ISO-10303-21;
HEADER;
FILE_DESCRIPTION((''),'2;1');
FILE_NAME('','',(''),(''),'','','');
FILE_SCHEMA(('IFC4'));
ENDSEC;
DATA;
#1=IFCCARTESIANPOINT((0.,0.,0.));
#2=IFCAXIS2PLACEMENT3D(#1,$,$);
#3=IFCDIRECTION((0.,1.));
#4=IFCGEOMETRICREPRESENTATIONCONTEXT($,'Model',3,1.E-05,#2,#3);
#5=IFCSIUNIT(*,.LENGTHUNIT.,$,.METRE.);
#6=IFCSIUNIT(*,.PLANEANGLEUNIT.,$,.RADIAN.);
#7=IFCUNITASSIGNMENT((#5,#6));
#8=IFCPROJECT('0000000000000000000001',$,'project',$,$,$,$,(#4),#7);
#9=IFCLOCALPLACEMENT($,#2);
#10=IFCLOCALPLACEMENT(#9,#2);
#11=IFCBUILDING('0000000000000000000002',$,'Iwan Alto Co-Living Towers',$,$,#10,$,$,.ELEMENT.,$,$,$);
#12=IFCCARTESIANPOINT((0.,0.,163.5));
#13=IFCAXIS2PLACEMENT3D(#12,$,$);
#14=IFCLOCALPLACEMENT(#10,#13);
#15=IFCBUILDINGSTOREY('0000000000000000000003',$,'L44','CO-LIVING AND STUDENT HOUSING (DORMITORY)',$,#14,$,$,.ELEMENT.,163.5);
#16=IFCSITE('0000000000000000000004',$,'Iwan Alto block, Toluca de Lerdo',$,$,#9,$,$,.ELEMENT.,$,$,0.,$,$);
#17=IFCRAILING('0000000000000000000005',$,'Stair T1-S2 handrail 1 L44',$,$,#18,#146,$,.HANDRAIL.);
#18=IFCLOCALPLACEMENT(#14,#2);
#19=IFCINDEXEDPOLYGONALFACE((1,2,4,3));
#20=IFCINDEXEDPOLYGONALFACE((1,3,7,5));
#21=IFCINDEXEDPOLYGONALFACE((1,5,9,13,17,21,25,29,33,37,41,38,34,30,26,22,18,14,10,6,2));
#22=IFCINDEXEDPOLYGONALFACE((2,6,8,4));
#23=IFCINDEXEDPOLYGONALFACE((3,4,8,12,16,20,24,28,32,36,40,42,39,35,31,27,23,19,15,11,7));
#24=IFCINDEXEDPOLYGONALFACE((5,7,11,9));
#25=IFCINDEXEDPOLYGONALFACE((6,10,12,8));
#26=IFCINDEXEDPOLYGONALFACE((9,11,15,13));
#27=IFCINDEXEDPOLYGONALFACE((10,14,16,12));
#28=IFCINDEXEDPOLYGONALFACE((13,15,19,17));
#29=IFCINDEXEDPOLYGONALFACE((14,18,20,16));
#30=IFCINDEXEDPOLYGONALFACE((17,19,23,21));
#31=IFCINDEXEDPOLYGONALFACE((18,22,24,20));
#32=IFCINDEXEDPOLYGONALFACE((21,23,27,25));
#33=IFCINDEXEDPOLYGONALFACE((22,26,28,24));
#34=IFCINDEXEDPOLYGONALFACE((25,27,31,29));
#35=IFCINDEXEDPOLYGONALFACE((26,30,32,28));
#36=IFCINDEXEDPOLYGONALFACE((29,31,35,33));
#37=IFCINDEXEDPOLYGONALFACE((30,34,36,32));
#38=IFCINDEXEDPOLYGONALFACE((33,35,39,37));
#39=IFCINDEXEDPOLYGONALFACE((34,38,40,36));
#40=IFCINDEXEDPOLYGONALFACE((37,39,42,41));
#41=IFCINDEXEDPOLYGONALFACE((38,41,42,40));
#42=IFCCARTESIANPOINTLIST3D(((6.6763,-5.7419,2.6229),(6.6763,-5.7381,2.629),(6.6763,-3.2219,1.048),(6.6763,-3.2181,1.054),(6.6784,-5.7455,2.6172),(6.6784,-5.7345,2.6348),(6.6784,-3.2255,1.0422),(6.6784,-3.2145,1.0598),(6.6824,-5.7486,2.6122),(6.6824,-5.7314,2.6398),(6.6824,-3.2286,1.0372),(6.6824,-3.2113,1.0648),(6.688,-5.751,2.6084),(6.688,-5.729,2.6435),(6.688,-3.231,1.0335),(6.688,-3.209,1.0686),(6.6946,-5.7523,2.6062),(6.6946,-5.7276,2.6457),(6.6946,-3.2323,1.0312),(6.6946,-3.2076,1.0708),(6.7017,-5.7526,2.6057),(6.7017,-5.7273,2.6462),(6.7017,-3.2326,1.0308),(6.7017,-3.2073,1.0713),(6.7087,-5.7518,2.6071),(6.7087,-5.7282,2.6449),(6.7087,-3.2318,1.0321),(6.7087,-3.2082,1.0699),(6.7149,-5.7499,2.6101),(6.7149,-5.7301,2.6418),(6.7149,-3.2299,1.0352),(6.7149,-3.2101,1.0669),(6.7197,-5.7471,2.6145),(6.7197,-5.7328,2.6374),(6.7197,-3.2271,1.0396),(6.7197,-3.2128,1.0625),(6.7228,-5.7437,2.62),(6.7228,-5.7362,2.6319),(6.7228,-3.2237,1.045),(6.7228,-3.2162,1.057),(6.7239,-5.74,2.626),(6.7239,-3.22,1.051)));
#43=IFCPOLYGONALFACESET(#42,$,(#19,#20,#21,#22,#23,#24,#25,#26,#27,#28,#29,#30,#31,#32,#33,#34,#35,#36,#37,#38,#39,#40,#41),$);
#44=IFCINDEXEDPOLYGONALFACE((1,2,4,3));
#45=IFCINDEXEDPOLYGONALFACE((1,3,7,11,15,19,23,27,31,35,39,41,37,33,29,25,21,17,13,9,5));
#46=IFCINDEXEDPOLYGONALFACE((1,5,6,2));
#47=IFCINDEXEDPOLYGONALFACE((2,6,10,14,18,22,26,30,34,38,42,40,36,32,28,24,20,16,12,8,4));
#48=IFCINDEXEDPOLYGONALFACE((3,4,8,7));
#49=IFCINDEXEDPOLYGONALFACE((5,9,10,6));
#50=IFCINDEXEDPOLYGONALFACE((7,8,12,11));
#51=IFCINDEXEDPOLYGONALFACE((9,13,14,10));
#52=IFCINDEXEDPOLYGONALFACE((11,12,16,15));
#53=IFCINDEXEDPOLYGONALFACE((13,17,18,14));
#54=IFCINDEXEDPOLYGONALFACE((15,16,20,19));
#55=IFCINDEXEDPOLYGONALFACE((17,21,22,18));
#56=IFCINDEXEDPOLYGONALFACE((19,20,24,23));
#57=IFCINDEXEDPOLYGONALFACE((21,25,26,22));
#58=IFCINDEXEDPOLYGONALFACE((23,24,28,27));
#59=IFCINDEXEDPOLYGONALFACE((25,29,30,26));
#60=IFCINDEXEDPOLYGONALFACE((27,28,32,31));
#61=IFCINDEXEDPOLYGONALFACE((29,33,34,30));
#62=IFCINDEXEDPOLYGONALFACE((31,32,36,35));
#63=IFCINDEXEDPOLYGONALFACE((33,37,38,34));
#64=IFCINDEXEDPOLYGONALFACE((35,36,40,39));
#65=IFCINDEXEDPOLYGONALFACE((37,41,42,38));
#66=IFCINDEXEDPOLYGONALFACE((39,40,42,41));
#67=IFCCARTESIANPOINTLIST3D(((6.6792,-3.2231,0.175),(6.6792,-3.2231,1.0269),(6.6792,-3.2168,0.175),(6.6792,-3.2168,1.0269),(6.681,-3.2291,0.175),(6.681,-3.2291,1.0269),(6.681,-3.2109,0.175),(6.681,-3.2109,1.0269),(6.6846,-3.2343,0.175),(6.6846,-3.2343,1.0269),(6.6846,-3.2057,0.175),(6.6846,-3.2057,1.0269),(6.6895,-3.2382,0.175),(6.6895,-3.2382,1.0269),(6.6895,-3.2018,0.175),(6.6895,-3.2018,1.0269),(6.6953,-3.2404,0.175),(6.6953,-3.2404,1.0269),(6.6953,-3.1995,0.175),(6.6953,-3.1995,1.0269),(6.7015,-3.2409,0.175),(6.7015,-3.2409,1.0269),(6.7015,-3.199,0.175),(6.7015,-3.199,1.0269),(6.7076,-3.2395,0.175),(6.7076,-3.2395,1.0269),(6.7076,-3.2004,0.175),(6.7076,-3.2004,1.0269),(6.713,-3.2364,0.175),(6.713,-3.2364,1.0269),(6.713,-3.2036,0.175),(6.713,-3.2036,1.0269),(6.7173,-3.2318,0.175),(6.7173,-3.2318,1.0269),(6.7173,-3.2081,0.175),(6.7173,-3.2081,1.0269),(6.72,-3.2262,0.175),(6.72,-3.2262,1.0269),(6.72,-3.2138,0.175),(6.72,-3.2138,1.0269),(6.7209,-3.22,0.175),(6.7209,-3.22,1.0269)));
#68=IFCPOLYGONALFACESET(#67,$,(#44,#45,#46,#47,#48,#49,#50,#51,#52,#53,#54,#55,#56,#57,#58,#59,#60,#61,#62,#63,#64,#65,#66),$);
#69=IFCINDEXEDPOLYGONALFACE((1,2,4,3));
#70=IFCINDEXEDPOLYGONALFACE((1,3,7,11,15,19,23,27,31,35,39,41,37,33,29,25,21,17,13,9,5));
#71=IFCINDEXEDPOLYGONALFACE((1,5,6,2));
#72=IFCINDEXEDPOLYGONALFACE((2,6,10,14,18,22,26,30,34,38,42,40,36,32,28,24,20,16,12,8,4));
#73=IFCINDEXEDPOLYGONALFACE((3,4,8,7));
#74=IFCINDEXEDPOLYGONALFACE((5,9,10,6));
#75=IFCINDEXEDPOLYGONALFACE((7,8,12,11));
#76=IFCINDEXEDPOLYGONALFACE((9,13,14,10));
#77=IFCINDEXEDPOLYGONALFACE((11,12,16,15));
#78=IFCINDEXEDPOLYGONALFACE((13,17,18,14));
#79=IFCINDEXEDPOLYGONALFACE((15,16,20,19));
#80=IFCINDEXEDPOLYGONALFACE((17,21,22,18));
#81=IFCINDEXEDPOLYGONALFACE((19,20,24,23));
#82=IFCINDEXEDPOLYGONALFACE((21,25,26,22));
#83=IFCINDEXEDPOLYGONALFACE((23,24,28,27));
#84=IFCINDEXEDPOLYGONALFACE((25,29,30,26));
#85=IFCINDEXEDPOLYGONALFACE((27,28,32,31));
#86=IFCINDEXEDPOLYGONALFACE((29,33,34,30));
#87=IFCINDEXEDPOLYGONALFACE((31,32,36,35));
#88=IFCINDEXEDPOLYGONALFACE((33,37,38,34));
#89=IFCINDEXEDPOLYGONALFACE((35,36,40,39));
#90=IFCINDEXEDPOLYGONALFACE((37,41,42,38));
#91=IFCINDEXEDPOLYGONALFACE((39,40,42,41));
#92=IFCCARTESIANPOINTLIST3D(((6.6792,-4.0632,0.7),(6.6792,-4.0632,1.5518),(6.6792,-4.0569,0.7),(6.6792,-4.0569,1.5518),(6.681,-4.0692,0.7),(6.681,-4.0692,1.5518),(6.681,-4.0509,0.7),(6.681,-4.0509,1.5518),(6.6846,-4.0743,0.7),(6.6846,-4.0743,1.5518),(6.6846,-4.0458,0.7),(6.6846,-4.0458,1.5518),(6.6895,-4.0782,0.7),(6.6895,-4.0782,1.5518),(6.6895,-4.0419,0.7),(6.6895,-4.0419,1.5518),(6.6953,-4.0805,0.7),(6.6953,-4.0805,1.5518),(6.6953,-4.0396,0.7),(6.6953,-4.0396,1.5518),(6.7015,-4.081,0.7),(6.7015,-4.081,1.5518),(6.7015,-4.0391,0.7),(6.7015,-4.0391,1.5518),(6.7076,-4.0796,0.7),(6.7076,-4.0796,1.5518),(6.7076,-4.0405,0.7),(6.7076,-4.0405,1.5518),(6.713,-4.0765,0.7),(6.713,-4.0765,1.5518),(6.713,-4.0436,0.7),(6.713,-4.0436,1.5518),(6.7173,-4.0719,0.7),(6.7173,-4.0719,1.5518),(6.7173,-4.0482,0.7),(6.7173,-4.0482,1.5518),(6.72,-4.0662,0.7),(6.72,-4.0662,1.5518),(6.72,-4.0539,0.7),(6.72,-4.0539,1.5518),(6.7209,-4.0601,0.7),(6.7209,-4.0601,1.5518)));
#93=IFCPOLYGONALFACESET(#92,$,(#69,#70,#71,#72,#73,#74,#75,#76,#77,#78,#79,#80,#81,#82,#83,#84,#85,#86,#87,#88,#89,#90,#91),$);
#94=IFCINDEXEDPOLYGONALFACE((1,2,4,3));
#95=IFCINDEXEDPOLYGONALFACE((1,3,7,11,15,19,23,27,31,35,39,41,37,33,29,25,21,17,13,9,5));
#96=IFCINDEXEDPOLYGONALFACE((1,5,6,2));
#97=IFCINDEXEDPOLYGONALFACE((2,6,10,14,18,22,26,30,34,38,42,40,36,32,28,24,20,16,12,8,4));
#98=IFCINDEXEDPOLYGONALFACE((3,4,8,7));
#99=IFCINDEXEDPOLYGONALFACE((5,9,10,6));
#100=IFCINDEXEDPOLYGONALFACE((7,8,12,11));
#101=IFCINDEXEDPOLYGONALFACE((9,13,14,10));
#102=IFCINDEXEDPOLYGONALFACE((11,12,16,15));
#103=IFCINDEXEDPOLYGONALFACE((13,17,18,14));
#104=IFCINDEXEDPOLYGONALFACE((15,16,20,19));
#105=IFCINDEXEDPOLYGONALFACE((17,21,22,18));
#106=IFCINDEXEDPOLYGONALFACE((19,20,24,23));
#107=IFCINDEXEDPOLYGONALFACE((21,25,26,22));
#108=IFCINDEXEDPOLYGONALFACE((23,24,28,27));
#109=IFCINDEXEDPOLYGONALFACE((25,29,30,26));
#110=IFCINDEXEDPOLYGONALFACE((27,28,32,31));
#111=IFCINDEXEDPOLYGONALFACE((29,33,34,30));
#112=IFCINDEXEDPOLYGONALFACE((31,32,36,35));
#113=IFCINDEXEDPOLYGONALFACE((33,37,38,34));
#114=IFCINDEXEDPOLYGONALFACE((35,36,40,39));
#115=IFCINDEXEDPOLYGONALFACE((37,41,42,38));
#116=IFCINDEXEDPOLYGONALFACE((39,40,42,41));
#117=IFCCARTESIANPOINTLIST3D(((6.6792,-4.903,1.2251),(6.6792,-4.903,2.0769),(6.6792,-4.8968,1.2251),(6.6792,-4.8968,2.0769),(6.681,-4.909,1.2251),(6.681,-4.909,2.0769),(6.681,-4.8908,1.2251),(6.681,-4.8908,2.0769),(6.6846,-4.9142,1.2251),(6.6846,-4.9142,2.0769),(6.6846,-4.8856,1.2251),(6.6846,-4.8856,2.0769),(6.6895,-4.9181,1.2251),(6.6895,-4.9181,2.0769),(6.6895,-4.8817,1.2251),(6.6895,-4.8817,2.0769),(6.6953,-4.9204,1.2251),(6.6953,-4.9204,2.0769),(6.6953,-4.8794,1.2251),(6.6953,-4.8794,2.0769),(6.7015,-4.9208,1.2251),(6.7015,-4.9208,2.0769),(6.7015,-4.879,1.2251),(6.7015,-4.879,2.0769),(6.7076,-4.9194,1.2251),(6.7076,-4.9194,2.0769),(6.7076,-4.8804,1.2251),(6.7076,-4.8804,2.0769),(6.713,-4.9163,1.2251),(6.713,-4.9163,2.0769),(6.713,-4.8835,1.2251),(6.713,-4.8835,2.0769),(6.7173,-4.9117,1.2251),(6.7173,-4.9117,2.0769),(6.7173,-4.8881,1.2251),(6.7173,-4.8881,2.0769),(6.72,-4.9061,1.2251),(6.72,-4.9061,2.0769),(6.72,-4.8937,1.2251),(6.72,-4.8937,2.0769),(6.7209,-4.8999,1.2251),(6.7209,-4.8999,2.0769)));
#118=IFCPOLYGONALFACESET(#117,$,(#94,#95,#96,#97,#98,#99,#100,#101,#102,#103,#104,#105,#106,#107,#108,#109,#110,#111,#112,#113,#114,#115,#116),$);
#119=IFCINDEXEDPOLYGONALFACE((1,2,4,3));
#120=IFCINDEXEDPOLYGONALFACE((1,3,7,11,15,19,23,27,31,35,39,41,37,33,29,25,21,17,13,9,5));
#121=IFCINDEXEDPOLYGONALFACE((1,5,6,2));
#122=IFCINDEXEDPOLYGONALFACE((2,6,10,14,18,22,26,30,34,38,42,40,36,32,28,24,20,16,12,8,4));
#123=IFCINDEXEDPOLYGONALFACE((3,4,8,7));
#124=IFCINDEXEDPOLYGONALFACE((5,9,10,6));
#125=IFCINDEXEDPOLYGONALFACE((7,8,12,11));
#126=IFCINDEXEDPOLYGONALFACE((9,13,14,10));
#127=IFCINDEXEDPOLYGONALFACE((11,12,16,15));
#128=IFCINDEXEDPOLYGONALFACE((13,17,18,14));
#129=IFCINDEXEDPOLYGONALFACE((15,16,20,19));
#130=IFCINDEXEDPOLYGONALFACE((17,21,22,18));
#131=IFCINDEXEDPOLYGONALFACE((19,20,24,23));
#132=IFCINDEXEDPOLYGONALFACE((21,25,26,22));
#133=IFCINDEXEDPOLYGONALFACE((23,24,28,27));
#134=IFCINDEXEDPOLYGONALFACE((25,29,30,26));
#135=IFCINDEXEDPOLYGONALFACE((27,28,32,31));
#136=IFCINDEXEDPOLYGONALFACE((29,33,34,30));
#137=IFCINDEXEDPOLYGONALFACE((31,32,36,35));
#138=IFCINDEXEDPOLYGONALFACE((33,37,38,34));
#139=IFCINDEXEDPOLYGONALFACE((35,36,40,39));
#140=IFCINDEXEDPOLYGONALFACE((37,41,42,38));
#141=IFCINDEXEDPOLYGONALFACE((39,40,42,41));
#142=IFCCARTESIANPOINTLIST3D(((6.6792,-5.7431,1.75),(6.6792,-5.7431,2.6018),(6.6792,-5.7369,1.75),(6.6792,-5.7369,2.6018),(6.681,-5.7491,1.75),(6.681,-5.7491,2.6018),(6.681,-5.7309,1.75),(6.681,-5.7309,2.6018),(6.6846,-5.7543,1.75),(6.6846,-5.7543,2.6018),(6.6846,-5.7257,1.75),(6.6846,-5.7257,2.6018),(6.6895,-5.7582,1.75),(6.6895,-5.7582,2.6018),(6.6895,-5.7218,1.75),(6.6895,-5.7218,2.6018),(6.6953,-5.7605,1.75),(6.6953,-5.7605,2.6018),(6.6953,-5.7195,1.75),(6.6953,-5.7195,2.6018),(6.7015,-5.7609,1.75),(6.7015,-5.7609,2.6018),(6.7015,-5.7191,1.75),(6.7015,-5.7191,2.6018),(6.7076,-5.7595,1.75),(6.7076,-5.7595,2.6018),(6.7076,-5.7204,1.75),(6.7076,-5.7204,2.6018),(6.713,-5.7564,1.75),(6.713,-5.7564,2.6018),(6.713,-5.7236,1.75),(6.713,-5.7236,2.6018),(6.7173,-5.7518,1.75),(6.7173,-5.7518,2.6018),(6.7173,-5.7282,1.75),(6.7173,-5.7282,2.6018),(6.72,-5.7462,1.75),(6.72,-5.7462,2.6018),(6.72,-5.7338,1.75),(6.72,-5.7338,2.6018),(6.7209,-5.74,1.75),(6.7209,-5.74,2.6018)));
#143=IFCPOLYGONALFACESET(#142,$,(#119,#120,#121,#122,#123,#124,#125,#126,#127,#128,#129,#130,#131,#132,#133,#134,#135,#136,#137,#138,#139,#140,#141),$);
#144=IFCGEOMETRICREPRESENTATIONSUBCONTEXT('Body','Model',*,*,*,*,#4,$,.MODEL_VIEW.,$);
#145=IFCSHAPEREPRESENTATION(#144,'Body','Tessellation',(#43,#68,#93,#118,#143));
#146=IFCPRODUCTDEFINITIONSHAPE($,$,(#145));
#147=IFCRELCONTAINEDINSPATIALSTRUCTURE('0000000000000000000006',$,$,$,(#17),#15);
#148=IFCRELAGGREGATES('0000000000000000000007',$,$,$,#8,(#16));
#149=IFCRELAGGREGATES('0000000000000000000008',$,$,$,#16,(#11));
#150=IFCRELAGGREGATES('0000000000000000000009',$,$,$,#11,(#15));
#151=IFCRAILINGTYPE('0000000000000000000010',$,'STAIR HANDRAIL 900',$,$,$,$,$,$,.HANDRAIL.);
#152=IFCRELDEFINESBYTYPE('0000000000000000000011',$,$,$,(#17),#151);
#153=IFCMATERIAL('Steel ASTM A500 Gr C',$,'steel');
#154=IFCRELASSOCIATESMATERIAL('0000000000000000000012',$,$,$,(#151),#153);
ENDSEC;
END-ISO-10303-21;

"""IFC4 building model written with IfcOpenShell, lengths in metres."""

from ifc_helpers import new_model, si_unit, direction, frame, origin, origin_2d, place, context, subcontext, project, spatial, circle, extrude, material, type_object, element, save


model = new_model("IFC4")

# Units and contexts
model_context = context("Model", 3, precision=1e-05, world=origin(), true_north=direction((0.0, 1.0)))
body_context = subcontext(model_context, "Body", "Model", "MODEL_VIEW")
ifc_project = project(units=[si_unit("LENGTHUNIT", "METRE"), si_unit("PLANEANGLEUNIT", "RADIAN")], contexts=[model_context])

# Site, building, storey
site_placement = place(None, origin())
site = spatial("IfcSite", under=ifc_project, at=site_placement, Name="Iwan Alto block, Toluca de Lerdo", CompositionType="ELEMENT", RefElevation=0.0)
building_placement = place(site_placement, origin())
building = spatial("IfcBuilding", under=site, at=building_placement, Name="Iwan Alto Co-Living Towers", CompositionType="ELEMENT")
storey_placement = place(building_placement, frame((0.0, 0.0, 163.5)))
storey = spatial("IfcBuildingStorey", under=building, at=storey_placement, Name="L44", Description="CO-LIVING AND STUDENT HOUSING (DORMITORY)", CompositionType="ELEMENT", Elevation=163.5)

# Railing
ifc_material_1 = material(Name="Steel ASTM A500 Gr C", Category="steel")
railing_type_1 = type_object("IfcRailingType", Name="STAIR HANDRAIL 900", PredefinedType="HANDRAIL", material=ifc_material_1)
railing_1_placement = place(storey_placement, frame((6.7, -3.22, 0.175)))
element("IfcRailing", 1, at=railing_1_placement, inside=storey, type_object=railing_type_1, Name="Stair T1-S2 handrail 1 L44", PredefinedType="HANDRAIL", context=body_context, shape_type="SweptSolid", body=[
    extrude(circle(Radius=0.0239, at=origin_2d()), frame((0.0, 0.0, 0.876), z_axis=(0.0, -0.848008, 0.529984), x_axis=(1.0, 0.0, 0.0)), (0.0, 0.0, 1.0), 2.9717),
    extrude(circle(Radius=0.021, at=origin_2d()), origin(), (0.0, 0.0, 1.0), 0.8518),
    extrude(circle(Radius=0.021, at=origin_2d()), frame((0.0, -0.8401, 0.5249)), (0.0, 0.0, 1.0), 0.8518),
    extrude(circle(Radius=0.021, at=origin_2d()), frame((0.0, -1.6799, 1.05)), (0.0, 0.0, 1.0), 0.8518),
    extrude(circle(Radius=0.021, at=origin_2d()), frame((0.0, -2.52, 1.575)), (0.0, 0.0, 1.0), 0.8518),
])

save(model, "model.ifc")
